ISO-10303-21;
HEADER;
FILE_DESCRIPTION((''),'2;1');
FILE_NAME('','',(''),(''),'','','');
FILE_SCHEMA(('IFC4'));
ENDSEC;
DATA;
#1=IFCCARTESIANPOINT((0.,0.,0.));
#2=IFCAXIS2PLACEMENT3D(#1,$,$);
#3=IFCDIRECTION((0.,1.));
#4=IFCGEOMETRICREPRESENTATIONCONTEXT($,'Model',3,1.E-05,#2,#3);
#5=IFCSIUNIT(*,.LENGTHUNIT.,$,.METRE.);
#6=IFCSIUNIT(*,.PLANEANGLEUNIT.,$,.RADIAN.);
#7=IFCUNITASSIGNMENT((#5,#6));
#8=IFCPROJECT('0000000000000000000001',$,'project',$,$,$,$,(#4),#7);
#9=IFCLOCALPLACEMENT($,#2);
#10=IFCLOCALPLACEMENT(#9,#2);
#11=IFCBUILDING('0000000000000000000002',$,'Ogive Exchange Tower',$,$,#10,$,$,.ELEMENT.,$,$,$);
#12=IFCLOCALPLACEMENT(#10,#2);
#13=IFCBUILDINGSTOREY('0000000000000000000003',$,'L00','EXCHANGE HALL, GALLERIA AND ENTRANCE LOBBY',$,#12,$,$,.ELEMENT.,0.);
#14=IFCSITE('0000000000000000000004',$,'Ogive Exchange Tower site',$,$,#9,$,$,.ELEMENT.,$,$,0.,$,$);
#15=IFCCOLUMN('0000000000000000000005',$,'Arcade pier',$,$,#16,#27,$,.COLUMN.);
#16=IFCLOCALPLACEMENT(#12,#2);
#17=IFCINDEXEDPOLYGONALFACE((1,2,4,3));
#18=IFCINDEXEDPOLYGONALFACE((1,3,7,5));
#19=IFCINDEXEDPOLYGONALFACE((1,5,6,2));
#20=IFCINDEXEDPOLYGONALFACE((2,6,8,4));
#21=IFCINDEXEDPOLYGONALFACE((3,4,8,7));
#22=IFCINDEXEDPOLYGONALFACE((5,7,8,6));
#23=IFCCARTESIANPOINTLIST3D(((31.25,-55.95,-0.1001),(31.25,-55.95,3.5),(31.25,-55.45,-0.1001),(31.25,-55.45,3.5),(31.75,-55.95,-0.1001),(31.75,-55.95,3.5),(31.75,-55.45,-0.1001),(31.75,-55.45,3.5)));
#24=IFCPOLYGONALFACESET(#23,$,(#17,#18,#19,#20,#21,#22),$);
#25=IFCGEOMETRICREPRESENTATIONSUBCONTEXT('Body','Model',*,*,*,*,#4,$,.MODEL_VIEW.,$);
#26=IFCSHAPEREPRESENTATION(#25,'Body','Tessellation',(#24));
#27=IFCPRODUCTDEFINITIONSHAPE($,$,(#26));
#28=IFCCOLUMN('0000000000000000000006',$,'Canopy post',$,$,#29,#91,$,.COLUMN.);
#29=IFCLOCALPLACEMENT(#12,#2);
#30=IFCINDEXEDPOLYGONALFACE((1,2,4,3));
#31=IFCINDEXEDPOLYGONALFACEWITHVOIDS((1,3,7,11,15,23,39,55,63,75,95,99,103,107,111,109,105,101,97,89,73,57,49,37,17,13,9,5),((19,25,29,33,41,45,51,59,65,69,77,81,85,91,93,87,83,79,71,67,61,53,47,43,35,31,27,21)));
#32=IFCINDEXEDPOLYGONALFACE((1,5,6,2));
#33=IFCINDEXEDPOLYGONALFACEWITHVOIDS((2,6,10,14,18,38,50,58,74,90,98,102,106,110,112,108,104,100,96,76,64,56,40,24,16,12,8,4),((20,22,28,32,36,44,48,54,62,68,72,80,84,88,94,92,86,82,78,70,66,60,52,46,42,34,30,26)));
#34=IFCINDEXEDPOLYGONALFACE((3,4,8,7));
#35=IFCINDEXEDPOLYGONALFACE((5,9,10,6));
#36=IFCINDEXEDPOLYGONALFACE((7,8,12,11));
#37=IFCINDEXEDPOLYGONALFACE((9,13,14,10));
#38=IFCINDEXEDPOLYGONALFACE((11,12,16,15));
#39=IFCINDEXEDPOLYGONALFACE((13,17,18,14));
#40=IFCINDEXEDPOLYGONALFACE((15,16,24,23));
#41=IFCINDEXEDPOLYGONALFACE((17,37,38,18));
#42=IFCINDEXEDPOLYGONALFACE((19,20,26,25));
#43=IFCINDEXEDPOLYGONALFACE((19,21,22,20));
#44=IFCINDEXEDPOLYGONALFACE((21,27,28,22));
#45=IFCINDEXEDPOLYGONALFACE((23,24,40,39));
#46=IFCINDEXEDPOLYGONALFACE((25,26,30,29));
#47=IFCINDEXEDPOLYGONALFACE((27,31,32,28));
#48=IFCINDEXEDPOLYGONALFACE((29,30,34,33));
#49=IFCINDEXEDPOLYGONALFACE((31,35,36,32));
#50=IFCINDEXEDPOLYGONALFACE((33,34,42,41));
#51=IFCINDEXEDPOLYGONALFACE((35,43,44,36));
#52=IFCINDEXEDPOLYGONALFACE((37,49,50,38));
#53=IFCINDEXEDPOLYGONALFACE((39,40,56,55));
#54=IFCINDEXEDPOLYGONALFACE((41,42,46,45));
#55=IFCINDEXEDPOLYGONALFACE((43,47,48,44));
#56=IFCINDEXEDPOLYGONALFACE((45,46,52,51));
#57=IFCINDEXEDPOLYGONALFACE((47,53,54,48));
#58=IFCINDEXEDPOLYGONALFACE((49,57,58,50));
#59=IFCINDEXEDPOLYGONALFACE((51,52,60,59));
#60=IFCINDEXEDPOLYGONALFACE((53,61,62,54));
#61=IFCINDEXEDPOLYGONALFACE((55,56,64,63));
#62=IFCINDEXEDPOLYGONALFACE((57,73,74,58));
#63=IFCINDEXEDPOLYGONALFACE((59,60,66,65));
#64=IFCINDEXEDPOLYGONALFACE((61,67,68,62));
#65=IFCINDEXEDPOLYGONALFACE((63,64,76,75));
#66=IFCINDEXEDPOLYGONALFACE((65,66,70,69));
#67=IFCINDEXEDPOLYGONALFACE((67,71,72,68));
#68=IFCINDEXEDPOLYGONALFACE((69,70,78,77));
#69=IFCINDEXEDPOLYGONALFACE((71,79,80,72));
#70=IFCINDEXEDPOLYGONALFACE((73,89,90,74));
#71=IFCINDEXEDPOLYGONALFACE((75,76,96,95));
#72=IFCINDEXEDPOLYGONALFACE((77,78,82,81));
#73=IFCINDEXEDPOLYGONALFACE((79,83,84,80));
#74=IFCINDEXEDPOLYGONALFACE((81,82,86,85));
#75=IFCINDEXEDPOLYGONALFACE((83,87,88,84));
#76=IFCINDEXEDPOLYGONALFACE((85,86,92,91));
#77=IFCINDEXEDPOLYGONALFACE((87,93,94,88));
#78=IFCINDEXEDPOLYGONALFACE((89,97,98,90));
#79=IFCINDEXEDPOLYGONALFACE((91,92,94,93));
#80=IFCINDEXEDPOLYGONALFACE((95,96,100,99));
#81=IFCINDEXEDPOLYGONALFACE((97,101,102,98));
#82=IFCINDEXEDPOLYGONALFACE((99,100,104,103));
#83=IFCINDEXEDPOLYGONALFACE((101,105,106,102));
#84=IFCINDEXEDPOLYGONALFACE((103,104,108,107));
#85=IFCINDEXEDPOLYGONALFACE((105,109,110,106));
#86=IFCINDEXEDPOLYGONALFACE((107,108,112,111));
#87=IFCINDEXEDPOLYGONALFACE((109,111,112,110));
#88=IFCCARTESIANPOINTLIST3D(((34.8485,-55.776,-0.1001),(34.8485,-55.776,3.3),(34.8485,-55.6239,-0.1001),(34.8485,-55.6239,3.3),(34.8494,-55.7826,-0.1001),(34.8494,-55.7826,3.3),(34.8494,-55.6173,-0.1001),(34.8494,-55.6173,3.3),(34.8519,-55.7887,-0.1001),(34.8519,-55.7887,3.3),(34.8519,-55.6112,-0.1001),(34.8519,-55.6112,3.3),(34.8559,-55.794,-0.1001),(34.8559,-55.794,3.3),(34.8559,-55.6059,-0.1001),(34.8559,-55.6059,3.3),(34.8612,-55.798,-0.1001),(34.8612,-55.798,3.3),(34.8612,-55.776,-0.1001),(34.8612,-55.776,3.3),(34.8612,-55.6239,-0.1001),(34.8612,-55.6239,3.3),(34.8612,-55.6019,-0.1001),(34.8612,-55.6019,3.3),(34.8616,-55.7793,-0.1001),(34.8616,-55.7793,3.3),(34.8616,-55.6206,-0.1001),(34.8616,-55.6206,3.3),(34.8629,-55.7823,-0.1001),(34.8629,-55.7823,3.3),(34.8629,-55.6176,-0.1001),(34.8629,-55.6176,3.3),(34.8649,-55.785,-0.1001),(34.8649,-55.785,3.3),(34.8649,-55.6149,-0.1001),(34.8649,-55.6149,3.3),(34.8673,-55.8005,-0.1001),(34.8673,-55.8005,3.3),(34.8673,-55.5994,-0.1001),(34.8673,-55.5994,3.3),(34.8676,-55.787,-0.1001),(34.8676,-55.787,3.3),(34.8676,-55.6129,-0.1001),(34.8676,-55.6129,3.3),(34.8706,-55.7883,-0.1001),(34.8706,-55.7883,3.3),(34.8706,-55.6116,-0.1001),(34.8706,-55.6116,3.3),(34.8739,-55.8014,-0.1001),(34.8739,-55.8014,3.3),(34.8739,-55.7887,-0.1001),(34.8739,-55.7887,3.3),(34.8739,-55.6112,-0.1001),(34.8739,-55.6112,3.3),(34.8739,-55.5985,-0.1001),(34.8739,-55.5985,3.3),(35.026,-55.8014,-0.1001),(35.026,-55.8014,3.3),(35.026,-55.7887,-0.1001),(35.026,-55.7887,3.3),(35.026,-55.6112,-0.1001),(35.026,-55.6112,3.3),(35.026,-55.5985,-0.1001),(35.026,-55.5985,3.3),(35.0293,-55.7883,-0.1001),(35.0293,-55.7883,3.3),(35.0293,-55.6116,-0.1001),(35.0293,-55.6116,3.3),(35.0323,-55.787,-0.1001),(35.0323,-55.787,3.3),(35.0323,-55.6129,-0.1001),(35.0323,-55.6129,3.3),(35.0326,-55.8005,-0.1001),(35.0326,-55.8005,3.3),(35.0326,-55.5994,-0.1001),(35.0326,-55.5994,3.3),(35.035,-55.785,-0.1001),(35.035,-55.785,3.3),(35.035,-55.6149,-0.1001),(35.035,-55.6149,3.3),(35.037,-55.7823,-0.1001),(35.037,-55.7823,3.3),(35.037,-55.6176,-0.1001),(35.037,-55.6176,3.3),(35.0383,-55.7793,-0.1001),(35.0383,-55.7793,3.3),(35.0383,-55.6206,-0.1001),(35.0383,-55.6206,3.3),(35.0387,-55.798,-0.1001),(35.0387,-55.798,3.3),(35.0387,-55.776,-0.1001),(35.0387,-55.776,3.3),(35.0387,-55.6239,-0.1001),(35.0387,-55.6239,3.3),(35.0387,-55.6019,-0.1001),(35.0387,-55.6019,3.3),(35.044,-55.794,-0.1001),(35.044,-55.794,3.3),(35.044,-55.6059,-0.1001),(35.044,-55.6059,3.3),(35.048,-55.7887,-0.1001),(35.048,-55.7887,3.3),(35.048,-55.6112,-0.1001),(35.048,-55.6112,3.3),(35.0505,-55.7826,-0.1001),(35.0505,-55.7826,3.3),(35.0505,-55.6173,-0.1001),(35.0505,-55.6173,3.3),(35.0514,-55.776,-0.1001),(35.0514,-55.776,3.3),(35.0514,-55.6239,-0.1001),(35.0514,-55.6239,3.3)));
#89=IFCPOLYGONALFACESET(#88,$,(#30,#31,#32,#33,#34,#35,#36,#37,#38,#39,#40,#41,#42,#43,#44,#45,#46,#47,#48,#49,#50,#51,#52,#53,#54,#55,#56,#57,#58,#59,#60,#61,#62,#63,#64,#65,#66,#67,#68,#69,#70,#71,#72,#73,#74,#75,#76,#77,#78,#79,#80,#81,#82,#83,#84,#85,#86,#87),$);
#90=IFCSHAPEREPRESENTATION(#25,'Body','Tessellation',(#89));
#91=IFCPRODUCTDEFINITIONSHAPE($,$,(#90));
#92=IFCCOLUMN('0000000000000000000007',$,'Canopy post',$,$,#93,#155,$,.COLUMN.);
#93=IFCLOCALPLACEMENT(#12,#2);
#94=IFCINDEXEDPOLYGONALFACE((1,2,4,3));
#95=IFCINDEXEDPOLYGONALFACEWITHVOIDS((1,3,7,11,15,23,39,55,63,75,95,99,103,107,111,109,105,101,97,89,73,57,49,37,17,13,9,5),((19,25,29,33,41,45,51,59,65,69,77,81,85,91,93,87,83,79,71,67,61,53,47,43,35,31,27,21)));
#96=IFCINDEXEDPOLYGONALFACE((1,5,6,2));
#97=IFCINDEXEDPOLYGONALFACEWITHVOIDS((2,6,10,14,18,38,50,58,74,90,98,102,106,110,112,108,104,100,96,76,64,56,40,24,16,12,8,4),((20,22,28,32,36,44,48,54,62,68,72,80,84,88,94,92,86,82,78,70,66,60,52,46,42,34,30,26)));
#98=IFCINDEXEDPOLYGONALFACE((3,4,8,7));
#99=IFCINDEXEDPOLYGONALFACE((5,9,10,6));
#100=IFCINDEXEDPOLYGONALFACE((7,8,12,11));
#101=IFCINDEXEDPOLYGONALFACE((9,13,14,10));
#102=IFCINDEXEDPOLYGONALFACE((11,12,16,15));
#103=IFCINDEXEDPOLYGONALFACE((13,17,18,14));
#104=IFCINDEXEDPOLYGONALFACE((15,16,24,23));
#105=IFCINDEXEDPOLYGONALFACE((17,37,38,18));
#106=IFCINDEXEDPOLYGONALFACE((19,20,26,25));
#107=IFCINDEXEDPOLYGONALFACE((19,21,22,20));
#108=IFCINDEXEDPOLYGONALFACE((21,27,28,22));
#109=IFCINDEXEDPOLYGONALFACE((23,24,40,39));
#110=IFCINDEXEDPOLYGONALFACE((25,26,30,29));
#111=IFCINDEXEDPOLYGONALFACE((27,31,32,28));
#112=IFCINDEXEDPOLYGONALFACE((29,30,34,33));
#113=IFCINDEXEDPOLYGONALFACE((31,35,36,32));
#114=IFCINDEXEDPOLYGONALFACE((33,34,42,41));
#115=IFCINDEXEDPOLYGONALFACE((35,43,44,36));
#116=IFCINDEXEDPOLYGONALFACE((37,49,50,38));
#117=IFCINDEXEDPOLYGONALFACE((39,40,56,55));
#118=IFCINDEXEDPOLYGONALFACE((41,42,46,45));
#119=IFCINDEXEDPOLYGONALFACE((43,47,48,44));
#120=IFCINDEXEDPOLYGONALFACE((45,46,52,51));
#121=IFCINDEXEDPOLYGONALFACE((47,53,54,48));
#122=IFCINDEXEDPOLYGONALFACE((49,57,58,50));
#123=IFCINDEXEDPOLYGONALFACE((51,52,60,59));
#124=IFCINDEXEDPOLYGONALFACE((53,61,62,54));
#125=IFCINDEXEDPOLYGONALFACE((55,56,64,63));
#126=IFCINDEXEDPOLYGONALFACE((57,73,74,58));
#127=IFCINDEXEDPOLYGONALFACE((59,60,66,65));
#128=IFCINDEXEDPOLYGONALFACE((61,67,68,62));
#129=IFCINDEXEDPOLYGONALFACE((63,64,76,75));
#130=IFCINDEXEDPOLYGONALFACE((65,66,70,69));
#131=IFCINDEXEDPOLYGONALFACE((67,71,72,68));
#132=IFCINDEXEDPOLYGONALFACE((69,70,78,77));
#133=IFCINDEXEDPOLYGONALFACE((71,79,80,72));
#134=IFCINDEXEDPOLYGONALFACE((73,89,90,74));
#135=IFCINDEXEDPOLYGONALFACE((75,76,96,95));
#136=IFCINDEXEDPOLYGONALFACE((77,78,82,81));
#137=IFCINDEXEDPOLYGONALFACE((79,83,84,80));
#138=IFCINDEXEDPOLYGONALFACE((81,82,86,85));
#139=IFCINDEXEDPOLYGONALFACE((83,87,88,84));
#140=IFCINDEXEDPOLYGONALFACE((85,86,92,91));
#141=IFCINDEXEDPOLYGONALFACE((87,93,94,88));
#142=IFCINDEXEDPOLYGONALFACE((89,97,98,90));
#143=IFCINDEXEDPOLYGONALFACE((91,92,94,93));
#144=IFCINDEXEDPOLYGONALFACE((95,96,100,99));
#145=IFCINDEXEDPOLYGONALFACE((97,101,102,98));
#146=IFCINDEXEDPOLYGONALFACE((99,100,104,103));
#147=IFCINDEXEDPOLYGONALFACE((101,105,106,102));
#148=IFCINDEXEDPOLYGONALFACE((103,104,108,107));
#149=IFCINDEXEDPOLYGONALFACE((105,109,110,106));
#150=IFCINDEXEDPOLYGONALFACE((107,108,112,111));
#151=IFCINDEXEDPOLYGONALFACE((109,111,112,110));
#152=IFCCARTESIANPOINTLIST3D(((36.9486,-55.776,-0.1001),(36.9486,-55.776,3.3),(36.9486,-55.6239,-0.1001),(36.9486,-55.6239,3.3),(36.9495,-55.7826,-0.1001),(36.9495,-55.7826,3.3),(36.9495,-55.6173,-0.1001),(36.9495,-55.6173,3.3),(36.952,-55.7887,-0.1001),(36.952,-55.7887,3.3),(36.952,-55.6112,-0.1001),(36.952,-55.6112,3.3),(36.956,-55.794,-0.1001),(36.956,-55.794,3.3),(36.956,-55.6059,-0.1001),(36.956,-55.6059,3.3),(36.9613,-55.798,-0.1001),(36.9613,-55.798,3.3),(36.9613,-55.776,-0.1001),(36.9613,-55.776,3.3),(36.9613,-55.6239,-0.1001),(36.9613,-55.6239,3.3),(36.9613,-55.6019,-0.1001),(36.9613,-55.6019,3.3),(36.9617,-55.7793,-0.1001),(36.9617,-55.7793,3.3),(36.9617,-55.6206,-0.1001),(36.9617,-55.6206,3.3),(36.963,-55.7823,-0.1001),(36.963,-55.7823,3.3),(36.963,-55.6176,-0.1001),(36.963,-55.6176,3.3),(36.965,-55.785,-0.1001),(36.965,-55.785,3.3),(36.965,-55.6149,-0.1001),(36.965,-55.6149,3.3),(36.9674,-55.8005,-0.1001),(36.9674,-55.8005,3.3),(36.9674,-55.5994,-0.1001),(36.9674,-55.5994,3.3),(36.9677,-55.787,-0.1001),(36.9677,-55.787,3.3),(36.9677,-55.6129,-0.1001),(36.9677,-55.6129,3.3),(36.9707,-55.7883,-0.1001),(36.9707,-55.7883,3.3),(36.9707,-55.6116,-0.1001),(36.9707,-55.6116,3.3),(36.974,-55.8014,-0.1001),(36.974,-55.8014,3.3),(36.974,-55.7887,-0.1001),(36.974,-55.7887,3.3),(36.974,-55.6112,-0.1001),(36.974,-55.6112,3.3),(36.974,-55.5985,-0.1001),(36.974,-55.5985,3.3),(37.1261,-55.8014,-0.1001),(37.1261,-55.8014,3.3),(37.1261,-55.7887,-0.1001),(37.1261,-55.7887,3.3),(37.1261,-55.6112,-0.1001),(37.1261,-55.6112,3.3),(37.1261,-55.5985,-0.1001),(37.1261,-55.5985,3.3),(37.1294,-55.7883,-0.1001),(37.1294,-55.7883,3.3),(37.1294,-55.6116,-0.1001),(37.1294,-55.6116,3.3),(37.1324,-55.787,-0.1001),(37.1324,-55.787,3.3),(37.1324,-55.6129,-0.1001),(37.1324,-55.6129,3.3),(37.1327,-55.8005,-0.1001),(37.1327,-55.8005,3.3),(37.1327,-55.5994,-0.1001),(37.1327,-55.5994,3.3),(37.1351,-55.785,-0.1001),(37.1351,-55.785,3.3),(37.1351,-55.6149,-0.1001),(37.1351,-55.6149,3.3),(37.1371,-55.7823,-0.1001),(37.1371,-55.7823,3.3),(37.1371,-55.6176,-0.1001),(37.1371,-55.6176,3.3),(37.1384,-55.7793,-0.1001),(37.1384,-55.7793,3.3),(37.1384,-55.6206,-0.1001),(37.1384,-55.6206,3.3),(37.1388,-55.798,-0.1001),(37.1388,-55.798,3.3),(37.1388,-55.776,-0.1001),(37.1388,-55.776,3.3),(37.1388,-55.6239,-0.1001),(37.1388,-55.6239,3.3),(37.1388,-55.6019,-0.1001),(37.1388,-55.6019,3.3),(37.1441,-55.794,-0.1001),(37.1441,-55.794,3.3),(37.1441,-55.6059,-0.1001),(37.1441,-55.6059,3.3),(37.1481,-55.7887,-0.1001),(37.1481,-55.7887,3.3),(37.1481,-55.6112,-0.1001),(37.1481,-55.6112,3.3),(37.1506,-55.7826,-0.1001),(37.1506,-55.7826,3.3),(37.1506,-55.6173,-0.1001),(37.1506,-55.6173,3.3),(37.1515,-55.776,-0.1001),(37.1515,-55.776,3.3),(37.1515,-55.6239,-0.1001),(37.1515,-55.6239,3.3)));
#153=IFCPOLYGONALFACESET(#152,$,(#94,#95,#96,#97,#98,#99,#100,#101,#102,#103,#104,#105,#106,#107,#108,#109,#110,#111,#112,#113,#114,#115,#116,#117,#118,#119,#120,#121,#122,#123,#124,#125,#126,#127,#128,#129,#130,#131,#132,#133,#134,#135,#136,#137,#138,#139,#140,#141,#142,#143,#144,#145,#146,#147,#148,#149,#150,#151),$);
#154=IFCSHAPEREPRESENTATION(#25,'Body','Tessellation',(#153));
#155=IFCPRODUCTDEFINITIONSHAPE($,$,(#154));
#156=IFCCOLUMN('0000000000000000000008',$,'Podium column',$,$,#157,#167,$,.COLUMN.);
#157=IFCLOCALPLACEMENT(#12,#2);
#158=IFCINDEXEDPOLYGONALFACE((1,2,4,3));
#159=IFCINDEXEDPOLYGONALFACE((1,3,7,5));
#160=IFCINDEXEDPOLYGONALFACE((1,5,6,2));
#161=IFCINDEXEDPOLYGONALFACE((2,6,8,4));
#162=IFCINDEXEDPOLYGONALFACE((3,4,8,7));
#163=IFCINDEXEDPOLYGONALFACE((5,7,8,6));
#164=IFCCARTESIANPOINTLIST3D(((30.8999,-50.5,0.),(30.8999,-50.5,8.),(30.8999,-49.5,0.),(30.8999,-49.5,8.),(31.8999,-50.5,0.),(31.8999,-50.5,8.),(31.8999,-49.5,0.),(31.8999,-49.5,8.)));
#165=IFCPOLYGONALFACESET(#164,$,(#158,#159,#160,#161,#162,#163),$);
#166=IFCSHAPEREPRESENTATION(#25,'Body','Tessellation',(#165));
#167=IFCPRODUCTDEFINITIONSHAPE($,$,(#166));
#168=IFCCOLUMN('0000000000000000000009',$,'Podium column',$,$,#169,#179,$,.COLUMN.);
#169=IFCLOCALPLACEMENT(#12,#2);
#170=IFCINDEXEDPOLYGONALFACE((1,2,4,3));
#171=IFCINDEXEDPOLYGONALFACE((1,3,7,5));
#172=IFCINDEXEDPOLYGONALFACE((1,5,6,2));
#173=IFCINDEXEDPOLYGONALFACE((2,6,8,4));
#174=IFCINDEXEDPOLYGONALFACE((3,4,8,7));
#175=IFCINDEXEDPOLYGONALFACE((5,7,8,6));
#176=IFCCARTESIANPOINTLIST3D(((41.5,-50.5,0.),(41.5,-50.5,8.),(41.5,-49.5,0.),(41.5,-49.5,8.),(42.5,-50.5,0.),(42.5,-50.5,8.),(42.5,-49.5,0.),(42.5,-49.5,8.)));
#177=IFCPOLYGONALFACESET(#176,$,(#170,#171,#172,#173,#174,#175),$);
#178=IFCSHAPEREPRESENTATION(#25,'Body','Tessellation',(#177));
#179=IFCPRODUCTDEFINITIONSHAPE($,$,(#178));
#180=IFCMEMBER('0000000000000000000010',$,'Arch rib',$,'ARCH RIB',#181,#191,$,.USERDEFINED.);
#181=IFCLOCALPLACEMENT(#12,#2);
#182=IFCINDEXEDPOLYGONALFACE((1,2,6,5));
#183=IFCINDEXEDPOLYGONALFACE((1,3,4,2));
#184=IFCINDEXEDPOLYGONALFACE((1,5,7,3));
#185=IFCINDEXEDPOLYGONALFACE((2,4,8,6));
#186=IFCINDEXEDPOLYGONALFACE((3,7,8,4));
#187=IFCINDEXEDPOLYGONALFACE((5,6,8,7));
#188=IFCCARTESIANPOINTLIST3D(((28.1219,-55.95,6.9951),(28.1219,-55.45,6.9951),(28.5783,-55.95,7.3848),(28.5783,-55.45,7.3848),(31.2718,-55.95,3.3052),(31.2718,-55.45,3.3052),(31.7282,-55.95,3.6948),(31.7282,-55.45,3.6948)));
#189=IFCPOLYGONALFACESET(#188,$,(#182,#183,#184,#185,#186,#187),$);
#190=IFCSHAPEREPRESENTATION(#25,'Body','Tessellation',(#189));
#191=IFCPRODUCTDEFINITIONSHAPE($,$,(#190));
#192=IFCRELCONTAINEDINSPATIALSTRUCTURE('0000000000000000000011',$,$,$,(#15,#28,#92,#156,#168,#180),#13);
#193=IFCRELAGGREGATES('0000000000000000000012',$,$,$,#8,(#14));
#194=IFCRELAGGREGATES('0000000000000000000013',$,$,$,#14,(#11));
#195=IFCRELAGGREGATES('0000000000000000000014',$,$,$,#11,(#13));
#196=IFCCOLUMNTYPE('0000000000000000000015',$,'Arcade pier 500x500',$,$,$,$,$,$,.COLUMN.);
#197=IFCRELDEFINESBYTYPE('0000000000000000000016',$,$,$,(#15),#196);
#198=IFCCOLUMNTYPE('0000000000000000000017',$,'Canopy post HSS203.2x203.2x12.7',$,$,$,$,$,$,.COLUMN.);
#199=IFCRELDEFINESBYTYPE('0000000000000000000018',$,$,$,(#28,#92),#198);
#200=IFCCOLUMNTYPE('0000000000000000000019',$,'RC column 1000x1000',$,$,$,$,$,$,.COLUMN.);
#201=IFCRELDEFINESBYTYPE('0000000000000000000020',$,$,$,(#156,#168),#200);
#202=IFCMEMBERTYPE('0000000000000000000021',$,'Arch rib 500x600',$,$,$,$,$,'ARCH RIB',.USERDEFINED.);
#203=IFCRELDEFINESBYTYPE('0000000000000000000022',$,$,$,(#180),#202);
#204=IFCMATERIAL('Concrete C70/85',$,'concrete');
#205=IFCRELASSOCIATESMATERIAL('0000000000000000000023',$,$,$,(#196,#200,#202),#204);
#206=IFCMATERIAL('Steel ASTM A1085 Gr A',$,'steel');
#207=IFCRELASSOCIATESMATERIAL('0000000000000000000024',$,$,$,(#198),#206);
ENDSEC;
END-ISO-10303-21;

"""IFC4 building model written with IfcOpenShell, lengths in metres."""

from ifc_helpers import new_model, si_unit, direction, frame, origin, origin_2d, place, context, subcontext, project, spatial, rectangle, hollow_rectangle, extrude, material, material_profile, profile_set, type_object, element, save


model = new_model("IFC4")

# Units and contexts
model_context = context("Model", 3, precision=1e-05, world=origin(), true_north=direction((0.0, 1.0)))
body_context = subcontext(model_context, "Body", "Model", "MODEL_VIEW")
ifc_project = project(units=[si_unit("LENGTHUNIT", "METRE"), si_unit("PLANEANGLEUNIT", "RADIAN")], contexts=[model_context])

# Site, building, storey
site_placement = place(None, origin())
site = spatial("IfcSite", under=ifc_project, at=site_placement, Name="Ogive Exchange Tower site", CompositionType="ELEMENT", RefElevation=0.0)
building_placement = place(site_placement, origin())
building = spatial("IfcBuilding", under=site, at=building_placement, Name="Ogive Exchange Tower", CompositionType="ELEMENT")
storey_placement = place(building_placement, origin())
storey = spatial("IfcBuildingStorey", under=building, at=storey_placement, Name="L00", Description="EXCHANGE HALL, GALLERIA AND ENTRANCE LOBBY", CompositionType="ELEMENT", Elevation=0.0)

# Columns
ifc_material_1 = material(Name="Concrete C70/85", Category="concrete")
ifc_material_profile_1 = material_profile(ifc_material_1, rectangle(XDim=0.5, YDim=0.5, at=origin_2d()), Name="RC 500x500")
ifc_profile_set_1 = profile_set([ifc_material_profile_1], Name="Concrete C70/85")
column_type_1 = type_object("IfcColumnType", Name="Arcade pier 500x500", PredefinedType="COLUMN", material=ifc_profile_set_1)
column_placement = place(storey_placement, frame((31.5, -55.7, -0.1001), z_axis=(0.0, 0.0, 1.0), x_axis=(1.0, 0.0, 0.0)))
element("IfcColumn", 1, at=column_placement, inside=storey, type_object=column_type_1, Name="Arcade pier", PredefinedType="COLUMN", context=body_context, shape_type="SweptSolid", body=[
    extrude(rectangle(XDim=0.5, YDim=0.5, at=origin_2d()), origin(), (0.0, 0.0, 1.0), 3.6001),
])
ifc_material_2 = material(Name="Steel ASTM A1085 Gr A", Category="steel")
ifc_material_profile_2 = material_profile(ifc_material_2, hollow_rectangle(XDim=0.2029, YDim=0.2029, WallThickness=0.0127, InnerFilletRadius=0.0127, OuterFilletRadius=0.0254, at=origin_2d()), Name="HSS203.2x203.2x12.7")
ifc_profile_set_2 = profile_set([ifc_material_profile_2], Name="Steel ASTM A1085 Gr A")
column_type_2 = type_object("IfcColumnType", Name="Canopy post HSS203.2x203.2x12.7", PredefinedType="COLUMN", material=ifc_profile_set_2)
for number, where, z_axis, x_axis, name in (
    (2, (34.95, -55.7, -0.1001), (0.0, 0.0, 1.0), (1.0, 0.0, 0.0), "Canopy post"),
    (3, (37.05, -55.7, -0.1001), (0.0, 0.0, 1.0), (1.0, 0.0, 0.0), "Canopy post"),
):
    element("IfcColumn", number, at=place(storey_placement, frame(where, z_axis=z_axis, x_axis=x_axis)), inside=storey, type_object=column_type_2, Name=name, PredefinedType="COLUMN", context=body_context, shape_type="SweptSolid", body=[
        extrude(hollow_rectangle(XDim=0.2029, YDim=0.2029, WallThickness=0.0127, InnerFilletRadius=0.0127, OuterFilletRadius=0.0254, at=origin_2d()), origin(), (0.0, 0.0, 1.0), 3.4001),
    ])
ifc_material_profile_3 = material_profile(ifc_material_1, rectangle(XDim=1.0, YDim=1.0, at=origin_2d()), Name="RC 1000x1000")
ifc_profile_set_3 = profile_set([ifc_material_profile_3], Name="Concrete C70/85")
column_type_3 = type_object("IfcColumnType", Name="RC column 1000x1000", PredefinedType="COLUMN", material=ifc_profile_set_3)
for number, where, z_axis, x_axis, name in (
    (4, (31.3999, -50.0, 0.0), (0.0, 0.0, 1.0), (1.0, 0.0, 0.0), "Podium column"),
    (5, (42.0, -50.0, 0.0), (0.0, 0.0, 1.0), (1.0, 0.0, 0.0), "Podium column"),
):
    element("IfcColumn", number, at=place(storey_placement, frame(where, z_axis=z_axis, x_axis=x_axis)), inside=storey, type_object=column_type_3, Name=name, PredefinedType="COLUMN", context=body_context, shape_type="SweptSolid", body=[
        extrude(rectangle(XDim=1.0, YDim=1.0, at=origin_2d()), origin(), (0.0, 0.0, 1.0), 8.0),
    ])

# Member
ifc_material_profile_4 = material_profile(ifc_material_1, rectangle(XDim=0.5, YDim=0.6001, at=origin_2d()), Name="PC 500x600")
ifc_profile_set_4 = profile_set([ifc_material_profile_4], Name="Concrete C70/85")
member_type_1 = type_object("IfcMemberType", Name="Arch rib 500x600", ElementType="ARCH RIB", PredefinedType="USERDEFINED", material=ifc_profile_set_4)
member_1_placement = place(storey_placement, frame((31.5, -55.7, 3.5), z_axis=(-0.649257, 0.0, 0.760569), x_axis=(0.0, -1.0, 0.0)))
element("IfcMember", 6, at=member_1_placement, inside=storey, type_object=member_type_1, Name="Arch rib", ObjectType="ARCH RIB", PredefinedType="USERDEFINED", context=body_context, shape_type="SweptSolid", body=[
    extrude(rectangle(XDim=0.5, YDim=0.6001, at=origin_2d()), origin(), (0.0, 0.0, 1.0), 4.8516),
])

save(model, "model.ifc")
